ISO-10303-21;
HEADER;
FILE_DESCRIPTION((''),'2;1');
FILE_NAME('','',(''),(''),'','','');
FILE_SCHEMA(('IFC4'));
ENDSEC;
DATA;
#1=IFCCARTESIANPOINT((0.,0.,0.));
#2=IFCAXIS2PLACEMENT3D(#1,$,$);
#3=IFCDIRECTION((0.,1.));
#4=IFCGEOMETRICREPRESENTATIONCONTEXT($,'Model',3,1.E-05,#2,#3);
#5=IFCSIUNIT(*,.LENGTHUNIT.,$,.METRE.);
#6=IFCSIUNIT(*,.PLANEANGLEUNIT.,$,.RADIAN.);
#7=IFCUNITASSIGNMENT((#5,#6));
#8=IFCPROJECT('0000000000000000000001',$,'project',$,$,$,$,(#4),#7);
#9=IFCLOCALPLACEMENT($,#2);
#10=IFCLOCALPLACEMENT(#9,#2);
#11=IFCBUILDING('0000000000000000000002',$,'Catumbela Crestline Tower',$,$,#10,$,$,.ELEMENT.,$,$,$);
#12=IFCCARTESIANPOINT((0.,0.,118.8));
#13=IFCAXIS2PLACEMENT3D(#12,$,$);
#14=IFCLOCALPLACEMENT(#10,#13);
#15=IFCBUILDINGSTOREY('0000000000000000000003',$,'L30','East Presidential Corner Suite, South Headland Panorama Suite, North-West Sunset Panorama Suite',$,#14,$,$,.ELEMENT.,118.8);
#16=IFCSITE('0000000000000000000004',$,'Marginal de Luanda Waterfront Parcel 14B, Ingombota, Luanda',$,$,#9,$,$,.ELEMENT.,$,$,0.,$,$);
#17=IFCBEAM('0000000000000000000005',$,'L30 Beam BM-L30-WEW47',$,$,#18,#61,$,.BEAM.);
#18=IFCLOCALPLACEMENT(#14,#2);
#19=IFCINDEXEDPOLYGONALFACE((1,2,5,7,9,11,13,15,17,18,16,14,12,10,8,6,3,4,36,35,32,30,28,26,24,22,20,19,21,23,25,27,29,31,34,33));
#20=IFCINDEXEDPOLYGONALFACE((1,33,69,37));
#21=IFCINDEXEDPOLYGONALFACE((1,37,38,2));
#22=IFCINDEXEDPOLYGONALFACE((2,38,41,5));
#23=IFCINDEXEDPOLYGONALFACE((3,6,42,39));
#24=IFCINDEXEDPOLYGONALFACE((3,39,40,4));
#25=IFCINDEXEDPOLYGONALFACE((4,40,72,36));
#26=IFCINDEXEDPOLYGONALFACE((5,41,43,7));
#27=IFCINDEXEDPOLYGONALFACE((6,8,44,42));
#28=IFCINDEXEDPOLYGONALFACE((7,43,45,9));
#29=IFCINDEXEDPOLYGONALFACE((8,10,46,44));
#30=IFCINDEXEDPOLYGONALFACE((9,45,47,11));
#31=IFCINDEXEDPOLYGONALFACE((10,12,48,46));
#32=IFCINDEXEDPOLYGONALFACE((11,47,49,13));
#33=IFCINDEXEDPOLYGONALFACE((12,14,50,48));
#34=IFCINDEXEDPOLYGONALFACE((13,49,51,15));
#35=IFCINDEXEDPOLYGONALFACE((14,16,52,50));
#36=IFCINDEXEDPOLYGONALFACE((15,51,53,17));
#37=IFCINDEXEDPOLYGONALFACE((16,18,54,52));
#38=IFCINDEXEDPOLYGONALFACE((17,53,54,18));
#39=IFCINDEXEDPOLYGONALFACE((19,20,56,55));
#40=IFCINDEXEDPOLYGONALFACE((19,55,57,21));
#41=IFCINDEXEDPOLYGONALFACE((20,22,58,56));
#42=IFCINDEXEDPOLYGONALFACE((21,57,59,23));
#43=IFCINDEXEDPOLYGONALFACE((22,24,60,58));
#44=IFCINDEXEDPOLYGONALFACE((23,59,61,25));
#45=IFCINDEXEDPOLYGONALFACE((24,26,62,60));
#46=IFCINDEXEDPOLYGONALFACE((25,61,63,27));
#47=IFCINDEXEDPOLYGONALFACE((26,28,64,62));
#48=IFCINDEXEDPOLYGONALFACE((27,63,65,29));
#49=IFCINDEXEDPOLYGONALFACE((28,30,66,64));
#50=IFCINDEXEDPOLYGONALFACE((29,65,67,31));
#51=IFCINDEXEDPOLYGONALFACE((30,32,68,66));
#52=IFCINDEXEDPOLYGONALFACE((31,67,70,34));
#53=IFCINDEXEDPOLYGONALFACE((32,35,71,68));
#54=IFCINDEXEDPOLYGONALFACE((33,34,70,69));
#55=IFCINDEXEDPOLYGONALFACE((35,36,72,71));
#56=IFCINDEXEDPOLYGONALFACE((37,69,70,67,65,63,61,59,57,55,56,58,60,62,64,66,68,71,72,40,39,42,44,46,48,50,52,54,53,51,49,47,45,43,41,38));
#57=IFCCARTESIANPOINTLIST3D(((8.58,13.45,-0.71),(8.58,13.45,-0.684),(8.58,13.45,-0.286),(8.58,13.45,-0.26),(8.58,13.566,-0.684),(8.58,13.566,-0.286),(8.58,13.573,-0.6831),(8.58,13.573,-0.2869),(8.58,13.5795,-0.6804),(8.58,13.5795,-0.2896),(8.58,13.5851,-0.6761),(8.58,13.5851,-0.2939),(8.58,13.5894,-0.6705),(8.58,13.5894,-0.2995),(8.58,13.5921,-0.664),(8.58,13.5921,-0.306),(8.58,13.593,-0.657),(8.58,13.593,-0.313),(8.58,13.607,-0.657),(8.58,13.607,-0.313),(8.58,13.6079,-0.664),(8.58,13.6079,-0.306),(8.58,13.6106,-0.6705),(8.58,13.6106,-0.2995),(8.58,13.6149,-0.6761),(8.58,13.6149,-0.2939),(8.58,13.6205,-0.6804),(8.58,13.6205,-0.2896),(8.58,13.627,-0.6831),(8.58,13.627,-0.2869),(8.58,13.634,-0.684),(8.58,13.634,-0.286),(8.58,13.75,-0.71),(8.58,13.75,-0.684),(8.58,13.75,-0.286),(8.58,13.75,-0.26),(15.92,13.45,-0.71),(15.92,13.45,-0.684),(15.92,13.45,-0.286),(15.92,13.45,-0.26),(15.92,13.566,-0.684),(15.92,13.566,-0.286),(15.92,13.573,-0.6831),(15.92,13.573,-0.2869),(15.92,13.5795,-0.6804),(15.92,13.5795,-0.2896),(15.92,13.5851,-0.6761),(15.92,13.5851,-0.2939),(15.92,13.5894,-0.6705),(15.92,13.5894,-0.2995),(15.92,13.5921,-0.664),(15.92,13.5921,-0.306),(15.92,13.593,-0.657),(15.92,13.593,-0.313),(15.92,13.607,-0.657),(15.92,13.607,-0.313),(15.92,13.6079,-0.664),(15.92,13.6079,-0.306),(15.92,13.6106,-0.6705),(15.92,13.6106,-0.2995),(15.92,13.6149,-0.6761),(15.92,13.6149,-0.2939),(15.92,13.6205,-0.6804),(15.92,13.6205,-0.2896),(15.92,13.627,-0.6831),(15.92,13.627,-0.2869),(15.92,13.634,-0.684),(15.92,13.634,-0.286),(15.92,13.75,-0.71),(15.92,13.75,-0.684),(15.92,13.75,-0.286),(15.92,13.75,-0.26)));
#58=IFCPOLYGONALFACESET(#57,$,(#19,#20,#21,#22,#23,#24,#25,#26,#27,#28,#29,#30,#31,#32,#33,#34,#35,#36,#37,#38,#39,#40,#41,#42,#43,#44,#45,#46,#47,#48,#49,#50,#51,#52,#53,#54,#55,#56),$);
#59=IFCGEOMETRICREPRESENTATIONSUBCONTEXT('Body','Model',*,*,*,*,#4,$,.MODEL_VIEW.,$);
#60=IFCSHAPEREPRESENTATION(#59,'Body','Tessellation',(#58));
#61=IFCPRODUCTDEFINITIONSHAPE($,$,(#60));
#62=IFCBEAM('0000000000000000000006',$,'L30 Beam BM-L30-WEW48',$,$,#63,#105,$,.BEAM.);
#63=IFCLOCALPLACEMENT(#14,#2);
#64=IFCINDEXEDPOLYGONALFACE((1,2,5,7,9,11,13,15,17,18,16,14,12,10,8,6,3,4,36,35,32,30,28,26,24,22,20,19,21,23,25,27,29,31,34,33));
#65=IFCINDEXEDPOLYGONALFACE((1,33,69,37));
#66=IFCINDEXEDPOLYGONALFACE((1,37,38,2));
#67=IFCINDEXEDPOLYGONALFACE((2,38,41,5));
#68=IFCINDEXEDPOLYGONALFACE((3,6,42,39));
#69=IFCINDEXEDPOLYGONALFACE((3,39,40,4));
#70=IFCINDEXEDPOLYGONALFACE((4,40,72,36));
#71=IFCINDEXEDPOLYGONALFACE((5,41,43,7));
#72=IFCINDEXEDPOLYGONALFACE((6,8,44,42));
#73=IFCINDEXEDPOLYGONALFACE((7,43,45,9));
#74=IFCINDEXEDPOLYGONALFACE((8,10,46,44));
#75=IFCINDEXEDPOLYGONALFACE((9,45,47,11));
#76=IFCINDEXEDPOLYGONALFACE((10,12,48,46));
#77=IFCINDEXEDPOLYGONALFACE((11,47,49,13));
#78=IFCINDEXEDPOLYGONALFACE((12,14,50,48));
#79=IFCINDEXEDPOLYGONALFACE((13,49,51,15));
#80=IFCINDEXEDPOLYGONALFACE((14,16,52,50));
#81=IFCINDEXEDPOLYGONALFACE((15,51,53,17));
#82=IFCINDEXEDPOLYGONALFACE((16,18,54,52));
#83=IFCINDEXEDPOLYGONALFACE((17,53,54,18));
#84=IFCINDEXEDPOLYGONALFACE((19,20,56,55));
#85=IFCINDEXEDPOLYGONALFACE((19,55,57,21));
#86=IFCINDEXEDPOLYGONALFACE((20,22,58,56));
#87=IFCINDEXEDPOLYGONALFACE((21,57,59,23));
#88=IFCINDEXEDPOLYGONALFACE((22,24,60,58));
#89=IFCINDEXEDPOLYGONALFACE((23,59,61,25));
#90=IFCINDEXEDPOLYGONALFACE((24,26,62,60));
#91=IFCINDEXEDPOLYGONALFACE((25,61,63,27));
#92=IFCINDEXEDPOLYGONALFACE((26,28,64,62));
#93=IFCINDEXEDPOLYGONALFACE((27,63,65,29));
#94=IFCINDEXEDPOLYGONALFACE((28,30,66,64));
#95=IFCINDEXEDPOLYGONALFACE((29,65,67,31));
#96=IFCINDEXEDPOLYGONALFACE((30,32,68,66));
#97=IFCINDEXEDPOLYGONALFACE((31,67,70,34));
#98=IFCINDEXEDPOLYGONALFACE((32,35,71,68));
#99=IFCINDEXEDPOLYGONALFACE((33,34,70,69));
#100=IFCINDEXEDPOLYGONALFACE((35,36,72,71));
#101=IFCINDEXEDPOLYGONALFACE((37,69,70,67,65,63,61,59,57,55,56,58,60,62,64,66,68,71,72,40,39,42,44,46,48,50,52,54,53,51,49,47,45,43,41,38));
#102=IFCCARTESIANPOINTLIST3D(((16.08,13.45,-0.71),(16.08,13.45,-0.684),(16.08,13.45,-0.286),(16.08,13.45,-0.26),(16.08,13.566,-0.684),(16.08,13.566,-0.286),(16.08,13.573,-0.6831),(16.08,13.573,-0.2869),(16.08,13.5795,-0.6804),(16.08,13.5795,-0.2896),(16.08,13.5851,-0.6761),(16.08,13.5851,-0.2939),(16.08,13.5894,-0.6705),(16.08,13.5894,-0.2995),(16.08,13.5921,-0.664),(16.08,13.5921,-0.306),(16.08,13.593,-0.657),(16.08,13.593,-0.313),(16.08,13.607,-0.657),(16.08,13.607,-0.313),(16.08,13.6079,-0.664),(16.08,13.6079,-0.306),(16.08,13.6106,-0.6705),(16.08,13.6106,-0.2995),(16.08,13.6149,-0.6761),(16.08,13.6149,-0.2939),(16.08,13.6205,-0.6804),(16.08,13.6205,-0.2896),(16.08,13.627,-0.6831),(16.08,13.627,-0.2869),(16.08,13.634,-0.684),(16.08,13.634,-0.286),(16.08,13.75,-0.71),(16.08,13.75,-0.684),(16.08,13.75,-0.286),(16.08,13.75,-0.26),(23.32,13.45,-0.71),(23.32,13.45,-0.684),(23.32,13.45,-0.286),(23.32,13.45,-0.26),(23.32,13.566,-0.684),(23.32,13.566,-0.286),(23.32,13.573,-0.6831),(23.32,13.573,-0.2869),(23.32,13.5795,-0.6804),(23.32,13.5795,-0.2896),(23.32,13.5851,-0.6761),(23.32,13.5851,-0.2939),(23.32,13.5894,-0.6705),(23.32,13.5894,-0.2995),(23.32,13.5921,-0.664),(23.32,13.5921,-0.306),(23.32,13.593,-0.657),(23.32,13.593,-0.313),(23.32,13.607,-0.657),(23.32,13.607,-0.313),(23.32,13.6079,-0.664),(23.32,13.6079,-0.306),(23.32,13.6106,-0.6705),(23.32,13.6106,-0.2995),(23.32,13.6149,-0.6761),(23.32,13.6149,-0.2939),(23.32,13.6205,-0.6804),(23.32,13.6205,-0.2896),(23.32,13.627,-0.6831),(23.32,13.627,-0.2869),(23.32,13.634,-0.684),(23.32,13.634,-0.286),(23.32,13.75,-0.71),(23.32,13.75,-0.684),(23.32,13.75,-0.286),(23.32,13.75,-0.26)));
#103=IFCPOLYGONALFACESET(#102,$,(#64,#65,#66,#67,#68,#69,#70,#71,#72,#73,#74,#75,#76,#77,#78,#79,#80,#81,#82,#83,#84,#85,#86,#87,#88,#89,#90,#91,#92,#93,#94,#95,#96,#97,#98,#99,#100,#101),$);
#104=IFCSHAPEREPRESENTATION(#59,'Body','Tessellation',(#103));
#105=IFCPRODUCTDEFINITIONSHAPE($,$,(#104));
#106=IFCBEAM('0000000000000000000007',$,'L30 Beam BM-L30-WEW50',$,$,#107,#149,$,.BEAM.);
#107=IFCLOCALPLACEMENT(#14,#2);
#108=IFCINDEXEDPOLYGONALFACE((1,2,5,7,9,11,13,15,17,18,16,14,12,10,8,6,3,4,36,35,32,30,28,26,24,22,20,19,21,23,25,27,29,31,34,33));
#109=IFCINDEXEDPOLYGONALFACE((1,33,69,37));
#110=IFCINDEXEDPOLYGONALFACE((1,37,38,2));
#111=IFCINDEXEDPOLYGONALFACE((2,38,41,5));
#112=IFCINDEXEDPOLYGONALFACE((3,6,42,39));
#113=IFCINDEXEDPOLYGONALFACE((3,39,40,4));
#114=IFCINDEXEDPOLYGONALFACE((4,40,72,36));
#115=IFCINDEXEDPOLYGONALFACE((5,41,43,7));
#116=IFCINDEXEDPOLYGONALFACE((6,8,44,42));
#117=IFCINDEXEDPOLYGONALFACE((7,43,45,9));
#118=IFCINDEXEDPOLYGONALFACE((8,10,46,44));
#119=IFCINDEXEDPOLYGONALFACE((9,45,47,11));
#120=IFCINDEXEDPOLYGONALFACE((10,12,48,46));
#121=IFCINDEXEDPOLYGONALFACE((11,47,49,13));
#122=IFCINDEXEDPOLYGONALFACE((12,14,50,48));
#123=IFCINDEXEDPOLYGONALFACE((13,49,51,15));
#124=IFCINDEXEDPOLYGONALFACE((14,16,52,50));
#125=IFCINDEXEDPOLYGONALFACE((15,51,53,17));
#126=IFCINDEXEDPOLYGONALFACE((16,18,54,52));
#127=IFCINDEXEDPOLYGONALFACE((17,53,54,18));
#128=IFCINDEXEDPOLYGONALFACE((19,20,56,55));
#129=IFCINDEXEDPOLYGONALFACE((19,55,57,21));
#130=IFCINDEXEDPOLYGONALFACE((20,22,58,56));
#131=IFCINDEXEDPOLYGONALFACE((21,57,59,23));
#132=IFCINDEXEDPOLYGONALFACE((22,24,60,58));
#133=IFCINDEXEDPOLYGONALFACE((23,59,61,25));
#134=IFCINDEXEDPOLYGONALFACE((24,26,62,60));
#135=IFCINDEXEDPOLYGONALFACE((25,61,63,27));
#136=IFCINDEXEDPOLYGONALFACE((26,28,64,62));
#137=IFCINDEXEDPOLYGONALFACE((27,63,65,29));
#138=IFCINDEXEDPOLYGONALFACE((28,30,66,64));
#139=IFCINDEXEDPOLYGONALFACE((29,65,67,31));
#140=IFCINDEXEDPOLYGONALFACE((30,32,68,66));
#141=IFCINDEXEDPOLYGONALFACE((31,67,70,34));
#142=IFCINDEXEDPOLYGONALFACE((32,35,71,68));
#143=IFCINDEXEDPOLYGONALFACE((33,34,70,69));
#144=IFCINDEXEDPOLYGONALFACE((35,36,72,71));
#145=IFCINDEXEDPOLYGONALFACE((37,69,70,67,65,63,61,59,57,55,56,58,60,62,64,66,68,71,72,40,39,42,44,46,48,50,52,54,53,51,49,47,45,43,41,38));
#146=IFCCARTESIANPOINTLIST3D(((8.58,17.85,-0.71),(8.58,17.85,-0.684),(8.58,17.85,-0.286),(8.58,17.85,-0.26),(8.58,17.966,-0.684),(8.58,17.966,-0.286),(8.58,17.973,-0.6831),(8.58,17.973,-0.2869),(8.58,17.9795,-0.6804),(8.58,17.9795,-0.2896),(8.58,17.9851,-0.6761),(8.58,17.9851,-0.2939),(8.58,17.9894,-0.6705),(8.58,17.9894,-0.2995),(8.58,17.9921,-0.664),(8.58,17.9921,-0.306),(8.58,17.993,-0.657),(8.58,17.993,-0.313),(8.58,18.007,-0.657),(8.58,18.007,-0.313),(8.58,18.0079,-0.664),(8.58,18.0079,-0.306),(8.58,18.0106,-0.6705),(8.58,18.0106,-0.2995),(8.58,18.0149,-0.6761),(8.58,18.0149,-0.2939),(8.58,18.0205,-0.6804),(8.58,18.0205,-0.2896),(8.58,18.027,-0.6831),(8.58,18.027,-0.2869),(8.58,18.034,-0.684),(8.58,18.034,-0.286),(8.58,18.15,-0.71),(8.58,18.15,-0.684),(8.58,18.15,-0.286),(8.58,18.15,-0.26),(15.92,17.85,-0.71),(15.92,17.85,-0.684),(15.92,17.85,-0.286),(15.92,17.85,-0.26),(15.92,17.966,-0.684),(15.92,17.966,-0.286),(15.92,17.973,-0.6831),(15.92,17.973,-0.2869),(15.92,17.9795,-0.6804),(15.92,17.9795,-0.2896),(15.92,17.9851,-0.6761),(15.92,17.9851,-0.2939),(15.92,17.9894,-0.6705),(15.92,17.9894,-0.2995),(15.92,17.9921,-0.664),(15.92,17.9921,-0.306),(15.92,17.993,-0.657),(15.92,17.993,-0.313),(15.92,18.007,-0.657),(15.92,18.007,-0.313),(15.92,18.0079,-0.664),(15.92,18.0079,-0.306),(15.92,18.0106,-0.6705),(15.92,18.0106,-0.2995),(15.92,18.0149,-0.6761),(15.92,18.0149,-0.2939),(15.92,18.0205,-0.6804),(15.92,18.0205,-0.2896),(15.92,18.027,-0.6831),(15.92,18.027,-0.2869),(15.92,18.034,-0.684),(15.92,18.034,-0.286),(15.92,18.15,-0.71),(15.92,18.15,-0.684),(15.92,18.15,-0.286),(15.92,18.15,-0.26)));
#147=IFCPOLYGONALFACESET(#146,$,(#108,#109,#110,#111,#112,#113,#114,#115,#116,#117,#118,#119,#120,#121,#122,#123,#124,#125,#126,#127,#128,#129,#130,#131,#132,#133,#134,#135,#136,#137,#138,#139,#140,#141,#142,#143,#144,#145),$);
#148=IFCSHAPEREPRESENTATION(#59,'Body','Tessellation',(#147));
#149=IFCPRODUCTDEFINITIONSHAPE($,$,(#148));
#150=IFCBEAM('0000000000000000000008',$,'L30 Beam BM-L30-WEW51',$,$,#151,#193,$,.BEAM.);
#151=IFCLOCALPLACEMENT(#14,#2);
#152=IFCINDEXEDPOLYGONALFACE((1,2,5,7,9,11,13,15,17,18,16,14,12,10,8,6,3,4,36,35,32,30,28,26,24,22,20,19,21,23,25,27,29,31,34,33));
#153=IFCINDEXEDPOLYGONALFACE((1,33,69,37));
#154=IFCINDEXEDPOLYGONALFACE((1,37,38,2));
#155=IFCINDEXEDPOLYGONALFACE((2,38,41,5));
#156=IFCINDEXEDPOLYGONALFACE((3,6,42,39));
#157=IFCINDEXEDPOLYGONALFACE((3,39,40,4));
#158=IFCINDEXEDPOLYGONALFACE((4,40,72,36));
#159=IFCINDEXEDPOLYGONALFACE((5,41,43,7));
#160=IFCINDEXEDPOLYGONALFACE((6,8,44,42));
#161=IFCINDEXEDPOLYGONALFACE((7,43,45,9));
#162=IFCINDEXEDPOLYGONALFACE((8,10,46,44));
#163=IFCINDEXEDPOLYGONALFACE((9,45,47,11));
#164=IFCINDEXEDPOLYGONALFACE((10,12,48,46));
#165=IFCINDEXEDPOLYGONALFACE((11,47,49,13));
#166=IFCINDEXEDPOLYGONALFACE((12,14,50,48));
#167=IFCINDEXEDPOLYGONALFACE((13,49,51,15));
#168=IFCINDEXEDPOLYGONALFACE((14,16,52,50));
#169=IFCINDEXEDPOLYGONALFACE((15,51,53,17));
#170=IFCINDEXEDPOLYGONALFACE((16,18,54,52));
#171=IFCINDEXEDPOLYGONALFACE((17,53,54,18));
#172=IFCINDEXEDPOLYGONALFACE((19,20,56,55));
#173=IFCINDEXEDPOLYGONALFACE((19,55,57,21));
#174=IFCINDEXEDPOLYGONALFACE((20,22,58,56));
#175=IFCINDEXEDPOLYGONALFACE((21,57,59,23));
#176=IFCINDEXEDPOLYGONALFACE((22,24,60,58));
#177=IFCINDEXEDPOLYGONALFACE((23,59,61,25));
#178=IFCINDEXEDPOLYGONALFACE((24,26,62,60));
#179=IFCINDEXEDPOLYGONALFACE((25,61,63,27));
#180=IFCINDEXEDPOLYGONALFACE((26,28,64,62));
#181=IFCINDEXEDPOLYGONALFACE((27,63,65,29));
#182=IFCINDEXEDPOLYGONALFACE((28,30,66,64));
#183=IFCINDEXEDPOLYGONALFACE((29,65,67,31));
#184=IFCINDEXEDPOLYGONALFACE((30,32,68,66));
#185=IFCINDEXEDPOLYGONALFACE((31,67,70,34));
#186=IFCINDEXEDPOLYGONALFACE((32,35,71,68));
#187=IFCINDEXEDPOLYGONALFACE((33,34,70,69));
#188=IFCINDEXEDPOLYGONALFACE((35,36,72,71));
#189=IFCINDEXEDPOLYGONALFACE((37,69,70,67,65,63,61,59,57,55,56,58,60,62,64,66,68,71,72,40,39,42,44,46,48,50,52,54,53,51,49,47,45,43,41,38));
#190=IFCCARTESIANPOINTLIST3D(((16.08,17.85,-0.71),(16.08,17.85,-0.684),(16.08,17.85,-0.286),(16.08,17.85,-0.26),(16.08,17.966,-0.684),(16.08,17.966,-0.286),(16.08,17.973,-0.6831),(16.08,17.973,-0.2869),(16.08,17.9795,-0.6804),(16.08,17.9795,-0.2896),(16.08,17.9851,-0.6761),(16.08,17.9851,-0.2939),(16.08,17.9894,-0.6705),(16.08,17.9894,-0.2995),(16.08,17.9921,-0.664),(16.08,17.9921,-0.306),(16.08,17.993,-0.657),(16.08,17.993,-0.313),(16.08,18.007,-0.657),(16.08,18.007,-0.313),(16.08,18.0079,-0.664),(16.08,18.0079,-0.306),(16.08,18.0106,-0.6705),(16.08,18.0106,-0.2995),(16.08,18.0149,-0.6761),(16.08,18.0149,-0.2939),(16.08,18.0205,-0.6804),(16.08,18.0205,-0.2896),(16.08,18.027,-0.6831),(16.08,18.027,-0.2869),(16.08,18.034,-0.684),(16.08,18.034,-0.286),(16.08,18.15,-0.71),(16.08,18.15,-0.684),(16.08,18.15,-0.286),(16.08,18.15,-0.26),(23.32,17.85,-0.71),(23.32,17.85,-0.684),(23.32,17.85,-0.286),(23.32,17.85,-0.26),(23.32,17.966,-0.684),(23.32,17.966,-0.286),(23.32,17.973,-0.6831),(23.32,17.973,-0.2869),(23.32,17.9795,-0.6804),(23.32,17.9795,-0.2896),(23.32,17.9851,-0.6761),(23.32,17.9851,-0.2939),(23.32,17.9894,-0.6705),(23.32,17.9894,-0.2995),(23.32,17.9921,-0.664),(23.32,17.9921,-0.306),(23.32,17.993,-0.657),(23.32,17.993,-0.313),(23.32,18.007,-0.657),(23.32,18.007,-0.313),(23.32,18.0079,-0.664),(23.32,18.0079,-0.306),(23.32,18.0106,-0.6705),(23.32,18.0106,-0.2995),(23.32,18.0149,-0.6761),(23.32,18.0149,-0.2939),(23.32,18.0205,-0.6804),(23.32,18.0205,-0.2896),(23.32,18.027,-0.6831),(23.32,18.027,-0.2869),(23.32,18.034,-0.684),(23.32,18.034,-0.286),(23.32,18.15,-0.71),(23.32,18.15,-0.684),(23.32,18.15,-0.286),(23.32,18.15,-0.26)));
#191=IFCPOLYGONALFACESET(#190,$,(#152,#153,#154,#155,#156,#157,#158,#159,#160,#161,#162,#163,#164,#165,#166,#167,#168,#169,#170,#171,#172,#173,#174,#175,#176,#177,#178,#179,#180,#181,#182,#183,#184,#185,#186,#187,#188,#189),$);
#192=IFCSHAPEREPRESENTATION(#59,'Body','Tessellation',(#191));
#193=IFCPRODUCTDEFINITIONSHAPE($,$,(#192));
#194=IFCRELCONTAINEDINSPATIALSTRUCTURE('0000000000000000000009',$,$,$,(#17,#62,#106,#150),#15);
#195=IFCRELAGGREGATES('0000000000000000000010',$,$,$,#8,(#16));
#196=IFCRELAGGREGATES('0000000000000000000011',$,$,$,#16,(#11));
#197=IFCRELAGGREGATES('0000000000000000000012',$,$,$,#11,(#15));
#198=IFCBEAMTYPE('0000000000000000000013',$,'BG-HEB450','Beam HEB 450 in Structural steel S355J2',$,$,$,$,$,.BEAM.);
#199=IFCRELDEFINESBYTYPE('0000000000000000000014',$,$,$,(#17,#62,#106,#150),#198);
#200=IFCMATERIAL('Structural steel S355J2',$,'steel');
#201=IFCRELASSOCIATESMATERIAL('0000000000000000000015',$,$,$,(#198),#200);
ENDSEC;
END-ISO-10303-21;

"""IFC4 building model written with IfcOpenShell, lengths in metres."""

from ifc_helpers import new_model, si_unit, direction, frame, origin, origin_2d, place, context, subcontext, project, spatial, i_section, extrude, material, material_profile, profile_set, type_object, element, save


model = new_model("IFC4")

# Units and contexts
model_context = context("Model", 3, precision=1e-05, world=origin(), true_north=direction((0.0, 1.0)))
body_context = subcontext(model_context, "Body", "Model", "MODEL_VIEW")
ifc_project = project(units=[si_unit("LENGTHUNIT", "METRE"), si_unit("PLANEANGLEUNIT", "RADIAN")], contexts=[model_context])

# Site, building, storey
site_placement = place(None, origin())
site = spatial("IfcSite", under=ifc_project, at=site_placement, Name="Marginal de Luanda Waterfront Parcel 14B, Ingombota, Luanda", CompositionType="ELEMENT", RefElevation=0.0)
building_placement = place(site_placement, origin())
building = spatial("IfcBuilding", under=site, at=building_placement, Name="Catumbela Crestline Tower", CompositionType="ELEMENT")
storey_placement = place(building_placement, frame((0.0, 0.0, 118.8)))
storey = spatial("IfcBuildingStorey", under=building, at=storey_placement, Name="L30", Description="East Presidential Corner Suite, South Headland Panorama Suite, North-West Sunset Panorama Suite", CompositionType="ELEMENT", Elevation=118.8)

# Beams
ifc_material_1 = material(Name="Structural steel S355J2", Category="steel")
ifc_material_profile_1 = material_profile(ifc_material_1, i_section(OverallWidth=0.3, OverallDepth=0.45, WebThickness=0.014, FlangeThickness=0.026, FilletRadius=0.027, at=origin_2d()), Name="HEB 450")
ifc_profile_set_1 = profile_set([ifc_material_profile_1], Name="Structural steel S355J2")
beam_type_1 = type_object("IfcBeamType", Name="BG-HEB450", Description="Beam HEB 450 in Structural steel S355J2", PredefinedType="BEAM", material=ifc_profile_set_1)
beam_1_placement = place(storey_placement, frame((8.58, 13.6, -0.485), z_axis=(1.0, 0.0, 0.0), x_axis=(0.0, 1.0, 0.0)))
element("IfcBeam", 1, at=beam_1_placement, inside=storey, type_object=beam_type_1, Name="L30 Beam BM-L30-WEW47", PredefinedType="BEAM", context=body_context, shape_type="SweptSolid", body=[
    extrude(i_section(OverallWidth=0.3, OverallDepth=0.45, WebThickness=0.014, FlangeThickness=0.026, FilletRadius=0.027, at=origin_2d()), origin(), (0.0, 0.0, 1.0), 7.34),
])
beam_2_placement = place(storey_placement, frame((16.08, 13.6, -0.485), z_axis=(1.0, 0.0, 0.0), x_axis=(0.0, 1.0, 0.0)))
element("IfcBeam", 2, at=beam_2_placement, inside=storey, type_object=beam_type_1, Name="L30 Beam BM-L30-WEW48", PredefinedType="BEAM", context=body_context, shape_type="SweptSolid", body=[
    extrude(i_section(OverallWidth=0.3, OverallDepth=0.45, WebThickness=0.014, FlangeThickness=0.026, FilletRadius=0.027, at=origin_2d()), origin(), (0.0, 0.0, 1.0), 7.24),
])
beam_3_placement = place(storey_placement, frame((8.58, 18.0, -0.485), z_axis=(1.0, 0.0, 0.0), x_axis=(0.0, 1.0, 0.0)))
element("IfcBeam", 3, at=beam_3_placement, inside=storey, type_object=beam_type_1, Name="L30 Beam BM-L30-WEW50", PredefinedType="BEAM", context=body_context, shape_type="SweptSolid", body=[
    extrude(i_section(OverallWidth=0.3, OverallDepth=0.45, WebThickness=0.014, FlangeThickness=0.026, FilletRadius=0.027, at=origin_2d()), origin(), (0.0, 0.0, 1.0), 7.34),
])
beam_4_placement = place(storey_placement, frame((16.08, 18.0, -0.485), z_axis=(1.0, 0.0, 0.0), x_axis=(0.0, 1.0, 0.0)))
element("IfcBeam", 4, at=beam_4_placement, inside=storey, type_object=beam_type_1, Name="L30 Beam BM-L30-WEW51", PredefinedType="BEAM", context=body_context, shape_type="SweptSolid", body=[
    extrude(i_section(OverallWidth=0.3, OverallDepth=0.45, WebThickness=0.014, FlangeThickness=0.026, FilletRadius=0.027, at=origin_2d()), origin(), (0.0, 0.0, 1.0), 7.24),
])

save(model, "model.ifc")
